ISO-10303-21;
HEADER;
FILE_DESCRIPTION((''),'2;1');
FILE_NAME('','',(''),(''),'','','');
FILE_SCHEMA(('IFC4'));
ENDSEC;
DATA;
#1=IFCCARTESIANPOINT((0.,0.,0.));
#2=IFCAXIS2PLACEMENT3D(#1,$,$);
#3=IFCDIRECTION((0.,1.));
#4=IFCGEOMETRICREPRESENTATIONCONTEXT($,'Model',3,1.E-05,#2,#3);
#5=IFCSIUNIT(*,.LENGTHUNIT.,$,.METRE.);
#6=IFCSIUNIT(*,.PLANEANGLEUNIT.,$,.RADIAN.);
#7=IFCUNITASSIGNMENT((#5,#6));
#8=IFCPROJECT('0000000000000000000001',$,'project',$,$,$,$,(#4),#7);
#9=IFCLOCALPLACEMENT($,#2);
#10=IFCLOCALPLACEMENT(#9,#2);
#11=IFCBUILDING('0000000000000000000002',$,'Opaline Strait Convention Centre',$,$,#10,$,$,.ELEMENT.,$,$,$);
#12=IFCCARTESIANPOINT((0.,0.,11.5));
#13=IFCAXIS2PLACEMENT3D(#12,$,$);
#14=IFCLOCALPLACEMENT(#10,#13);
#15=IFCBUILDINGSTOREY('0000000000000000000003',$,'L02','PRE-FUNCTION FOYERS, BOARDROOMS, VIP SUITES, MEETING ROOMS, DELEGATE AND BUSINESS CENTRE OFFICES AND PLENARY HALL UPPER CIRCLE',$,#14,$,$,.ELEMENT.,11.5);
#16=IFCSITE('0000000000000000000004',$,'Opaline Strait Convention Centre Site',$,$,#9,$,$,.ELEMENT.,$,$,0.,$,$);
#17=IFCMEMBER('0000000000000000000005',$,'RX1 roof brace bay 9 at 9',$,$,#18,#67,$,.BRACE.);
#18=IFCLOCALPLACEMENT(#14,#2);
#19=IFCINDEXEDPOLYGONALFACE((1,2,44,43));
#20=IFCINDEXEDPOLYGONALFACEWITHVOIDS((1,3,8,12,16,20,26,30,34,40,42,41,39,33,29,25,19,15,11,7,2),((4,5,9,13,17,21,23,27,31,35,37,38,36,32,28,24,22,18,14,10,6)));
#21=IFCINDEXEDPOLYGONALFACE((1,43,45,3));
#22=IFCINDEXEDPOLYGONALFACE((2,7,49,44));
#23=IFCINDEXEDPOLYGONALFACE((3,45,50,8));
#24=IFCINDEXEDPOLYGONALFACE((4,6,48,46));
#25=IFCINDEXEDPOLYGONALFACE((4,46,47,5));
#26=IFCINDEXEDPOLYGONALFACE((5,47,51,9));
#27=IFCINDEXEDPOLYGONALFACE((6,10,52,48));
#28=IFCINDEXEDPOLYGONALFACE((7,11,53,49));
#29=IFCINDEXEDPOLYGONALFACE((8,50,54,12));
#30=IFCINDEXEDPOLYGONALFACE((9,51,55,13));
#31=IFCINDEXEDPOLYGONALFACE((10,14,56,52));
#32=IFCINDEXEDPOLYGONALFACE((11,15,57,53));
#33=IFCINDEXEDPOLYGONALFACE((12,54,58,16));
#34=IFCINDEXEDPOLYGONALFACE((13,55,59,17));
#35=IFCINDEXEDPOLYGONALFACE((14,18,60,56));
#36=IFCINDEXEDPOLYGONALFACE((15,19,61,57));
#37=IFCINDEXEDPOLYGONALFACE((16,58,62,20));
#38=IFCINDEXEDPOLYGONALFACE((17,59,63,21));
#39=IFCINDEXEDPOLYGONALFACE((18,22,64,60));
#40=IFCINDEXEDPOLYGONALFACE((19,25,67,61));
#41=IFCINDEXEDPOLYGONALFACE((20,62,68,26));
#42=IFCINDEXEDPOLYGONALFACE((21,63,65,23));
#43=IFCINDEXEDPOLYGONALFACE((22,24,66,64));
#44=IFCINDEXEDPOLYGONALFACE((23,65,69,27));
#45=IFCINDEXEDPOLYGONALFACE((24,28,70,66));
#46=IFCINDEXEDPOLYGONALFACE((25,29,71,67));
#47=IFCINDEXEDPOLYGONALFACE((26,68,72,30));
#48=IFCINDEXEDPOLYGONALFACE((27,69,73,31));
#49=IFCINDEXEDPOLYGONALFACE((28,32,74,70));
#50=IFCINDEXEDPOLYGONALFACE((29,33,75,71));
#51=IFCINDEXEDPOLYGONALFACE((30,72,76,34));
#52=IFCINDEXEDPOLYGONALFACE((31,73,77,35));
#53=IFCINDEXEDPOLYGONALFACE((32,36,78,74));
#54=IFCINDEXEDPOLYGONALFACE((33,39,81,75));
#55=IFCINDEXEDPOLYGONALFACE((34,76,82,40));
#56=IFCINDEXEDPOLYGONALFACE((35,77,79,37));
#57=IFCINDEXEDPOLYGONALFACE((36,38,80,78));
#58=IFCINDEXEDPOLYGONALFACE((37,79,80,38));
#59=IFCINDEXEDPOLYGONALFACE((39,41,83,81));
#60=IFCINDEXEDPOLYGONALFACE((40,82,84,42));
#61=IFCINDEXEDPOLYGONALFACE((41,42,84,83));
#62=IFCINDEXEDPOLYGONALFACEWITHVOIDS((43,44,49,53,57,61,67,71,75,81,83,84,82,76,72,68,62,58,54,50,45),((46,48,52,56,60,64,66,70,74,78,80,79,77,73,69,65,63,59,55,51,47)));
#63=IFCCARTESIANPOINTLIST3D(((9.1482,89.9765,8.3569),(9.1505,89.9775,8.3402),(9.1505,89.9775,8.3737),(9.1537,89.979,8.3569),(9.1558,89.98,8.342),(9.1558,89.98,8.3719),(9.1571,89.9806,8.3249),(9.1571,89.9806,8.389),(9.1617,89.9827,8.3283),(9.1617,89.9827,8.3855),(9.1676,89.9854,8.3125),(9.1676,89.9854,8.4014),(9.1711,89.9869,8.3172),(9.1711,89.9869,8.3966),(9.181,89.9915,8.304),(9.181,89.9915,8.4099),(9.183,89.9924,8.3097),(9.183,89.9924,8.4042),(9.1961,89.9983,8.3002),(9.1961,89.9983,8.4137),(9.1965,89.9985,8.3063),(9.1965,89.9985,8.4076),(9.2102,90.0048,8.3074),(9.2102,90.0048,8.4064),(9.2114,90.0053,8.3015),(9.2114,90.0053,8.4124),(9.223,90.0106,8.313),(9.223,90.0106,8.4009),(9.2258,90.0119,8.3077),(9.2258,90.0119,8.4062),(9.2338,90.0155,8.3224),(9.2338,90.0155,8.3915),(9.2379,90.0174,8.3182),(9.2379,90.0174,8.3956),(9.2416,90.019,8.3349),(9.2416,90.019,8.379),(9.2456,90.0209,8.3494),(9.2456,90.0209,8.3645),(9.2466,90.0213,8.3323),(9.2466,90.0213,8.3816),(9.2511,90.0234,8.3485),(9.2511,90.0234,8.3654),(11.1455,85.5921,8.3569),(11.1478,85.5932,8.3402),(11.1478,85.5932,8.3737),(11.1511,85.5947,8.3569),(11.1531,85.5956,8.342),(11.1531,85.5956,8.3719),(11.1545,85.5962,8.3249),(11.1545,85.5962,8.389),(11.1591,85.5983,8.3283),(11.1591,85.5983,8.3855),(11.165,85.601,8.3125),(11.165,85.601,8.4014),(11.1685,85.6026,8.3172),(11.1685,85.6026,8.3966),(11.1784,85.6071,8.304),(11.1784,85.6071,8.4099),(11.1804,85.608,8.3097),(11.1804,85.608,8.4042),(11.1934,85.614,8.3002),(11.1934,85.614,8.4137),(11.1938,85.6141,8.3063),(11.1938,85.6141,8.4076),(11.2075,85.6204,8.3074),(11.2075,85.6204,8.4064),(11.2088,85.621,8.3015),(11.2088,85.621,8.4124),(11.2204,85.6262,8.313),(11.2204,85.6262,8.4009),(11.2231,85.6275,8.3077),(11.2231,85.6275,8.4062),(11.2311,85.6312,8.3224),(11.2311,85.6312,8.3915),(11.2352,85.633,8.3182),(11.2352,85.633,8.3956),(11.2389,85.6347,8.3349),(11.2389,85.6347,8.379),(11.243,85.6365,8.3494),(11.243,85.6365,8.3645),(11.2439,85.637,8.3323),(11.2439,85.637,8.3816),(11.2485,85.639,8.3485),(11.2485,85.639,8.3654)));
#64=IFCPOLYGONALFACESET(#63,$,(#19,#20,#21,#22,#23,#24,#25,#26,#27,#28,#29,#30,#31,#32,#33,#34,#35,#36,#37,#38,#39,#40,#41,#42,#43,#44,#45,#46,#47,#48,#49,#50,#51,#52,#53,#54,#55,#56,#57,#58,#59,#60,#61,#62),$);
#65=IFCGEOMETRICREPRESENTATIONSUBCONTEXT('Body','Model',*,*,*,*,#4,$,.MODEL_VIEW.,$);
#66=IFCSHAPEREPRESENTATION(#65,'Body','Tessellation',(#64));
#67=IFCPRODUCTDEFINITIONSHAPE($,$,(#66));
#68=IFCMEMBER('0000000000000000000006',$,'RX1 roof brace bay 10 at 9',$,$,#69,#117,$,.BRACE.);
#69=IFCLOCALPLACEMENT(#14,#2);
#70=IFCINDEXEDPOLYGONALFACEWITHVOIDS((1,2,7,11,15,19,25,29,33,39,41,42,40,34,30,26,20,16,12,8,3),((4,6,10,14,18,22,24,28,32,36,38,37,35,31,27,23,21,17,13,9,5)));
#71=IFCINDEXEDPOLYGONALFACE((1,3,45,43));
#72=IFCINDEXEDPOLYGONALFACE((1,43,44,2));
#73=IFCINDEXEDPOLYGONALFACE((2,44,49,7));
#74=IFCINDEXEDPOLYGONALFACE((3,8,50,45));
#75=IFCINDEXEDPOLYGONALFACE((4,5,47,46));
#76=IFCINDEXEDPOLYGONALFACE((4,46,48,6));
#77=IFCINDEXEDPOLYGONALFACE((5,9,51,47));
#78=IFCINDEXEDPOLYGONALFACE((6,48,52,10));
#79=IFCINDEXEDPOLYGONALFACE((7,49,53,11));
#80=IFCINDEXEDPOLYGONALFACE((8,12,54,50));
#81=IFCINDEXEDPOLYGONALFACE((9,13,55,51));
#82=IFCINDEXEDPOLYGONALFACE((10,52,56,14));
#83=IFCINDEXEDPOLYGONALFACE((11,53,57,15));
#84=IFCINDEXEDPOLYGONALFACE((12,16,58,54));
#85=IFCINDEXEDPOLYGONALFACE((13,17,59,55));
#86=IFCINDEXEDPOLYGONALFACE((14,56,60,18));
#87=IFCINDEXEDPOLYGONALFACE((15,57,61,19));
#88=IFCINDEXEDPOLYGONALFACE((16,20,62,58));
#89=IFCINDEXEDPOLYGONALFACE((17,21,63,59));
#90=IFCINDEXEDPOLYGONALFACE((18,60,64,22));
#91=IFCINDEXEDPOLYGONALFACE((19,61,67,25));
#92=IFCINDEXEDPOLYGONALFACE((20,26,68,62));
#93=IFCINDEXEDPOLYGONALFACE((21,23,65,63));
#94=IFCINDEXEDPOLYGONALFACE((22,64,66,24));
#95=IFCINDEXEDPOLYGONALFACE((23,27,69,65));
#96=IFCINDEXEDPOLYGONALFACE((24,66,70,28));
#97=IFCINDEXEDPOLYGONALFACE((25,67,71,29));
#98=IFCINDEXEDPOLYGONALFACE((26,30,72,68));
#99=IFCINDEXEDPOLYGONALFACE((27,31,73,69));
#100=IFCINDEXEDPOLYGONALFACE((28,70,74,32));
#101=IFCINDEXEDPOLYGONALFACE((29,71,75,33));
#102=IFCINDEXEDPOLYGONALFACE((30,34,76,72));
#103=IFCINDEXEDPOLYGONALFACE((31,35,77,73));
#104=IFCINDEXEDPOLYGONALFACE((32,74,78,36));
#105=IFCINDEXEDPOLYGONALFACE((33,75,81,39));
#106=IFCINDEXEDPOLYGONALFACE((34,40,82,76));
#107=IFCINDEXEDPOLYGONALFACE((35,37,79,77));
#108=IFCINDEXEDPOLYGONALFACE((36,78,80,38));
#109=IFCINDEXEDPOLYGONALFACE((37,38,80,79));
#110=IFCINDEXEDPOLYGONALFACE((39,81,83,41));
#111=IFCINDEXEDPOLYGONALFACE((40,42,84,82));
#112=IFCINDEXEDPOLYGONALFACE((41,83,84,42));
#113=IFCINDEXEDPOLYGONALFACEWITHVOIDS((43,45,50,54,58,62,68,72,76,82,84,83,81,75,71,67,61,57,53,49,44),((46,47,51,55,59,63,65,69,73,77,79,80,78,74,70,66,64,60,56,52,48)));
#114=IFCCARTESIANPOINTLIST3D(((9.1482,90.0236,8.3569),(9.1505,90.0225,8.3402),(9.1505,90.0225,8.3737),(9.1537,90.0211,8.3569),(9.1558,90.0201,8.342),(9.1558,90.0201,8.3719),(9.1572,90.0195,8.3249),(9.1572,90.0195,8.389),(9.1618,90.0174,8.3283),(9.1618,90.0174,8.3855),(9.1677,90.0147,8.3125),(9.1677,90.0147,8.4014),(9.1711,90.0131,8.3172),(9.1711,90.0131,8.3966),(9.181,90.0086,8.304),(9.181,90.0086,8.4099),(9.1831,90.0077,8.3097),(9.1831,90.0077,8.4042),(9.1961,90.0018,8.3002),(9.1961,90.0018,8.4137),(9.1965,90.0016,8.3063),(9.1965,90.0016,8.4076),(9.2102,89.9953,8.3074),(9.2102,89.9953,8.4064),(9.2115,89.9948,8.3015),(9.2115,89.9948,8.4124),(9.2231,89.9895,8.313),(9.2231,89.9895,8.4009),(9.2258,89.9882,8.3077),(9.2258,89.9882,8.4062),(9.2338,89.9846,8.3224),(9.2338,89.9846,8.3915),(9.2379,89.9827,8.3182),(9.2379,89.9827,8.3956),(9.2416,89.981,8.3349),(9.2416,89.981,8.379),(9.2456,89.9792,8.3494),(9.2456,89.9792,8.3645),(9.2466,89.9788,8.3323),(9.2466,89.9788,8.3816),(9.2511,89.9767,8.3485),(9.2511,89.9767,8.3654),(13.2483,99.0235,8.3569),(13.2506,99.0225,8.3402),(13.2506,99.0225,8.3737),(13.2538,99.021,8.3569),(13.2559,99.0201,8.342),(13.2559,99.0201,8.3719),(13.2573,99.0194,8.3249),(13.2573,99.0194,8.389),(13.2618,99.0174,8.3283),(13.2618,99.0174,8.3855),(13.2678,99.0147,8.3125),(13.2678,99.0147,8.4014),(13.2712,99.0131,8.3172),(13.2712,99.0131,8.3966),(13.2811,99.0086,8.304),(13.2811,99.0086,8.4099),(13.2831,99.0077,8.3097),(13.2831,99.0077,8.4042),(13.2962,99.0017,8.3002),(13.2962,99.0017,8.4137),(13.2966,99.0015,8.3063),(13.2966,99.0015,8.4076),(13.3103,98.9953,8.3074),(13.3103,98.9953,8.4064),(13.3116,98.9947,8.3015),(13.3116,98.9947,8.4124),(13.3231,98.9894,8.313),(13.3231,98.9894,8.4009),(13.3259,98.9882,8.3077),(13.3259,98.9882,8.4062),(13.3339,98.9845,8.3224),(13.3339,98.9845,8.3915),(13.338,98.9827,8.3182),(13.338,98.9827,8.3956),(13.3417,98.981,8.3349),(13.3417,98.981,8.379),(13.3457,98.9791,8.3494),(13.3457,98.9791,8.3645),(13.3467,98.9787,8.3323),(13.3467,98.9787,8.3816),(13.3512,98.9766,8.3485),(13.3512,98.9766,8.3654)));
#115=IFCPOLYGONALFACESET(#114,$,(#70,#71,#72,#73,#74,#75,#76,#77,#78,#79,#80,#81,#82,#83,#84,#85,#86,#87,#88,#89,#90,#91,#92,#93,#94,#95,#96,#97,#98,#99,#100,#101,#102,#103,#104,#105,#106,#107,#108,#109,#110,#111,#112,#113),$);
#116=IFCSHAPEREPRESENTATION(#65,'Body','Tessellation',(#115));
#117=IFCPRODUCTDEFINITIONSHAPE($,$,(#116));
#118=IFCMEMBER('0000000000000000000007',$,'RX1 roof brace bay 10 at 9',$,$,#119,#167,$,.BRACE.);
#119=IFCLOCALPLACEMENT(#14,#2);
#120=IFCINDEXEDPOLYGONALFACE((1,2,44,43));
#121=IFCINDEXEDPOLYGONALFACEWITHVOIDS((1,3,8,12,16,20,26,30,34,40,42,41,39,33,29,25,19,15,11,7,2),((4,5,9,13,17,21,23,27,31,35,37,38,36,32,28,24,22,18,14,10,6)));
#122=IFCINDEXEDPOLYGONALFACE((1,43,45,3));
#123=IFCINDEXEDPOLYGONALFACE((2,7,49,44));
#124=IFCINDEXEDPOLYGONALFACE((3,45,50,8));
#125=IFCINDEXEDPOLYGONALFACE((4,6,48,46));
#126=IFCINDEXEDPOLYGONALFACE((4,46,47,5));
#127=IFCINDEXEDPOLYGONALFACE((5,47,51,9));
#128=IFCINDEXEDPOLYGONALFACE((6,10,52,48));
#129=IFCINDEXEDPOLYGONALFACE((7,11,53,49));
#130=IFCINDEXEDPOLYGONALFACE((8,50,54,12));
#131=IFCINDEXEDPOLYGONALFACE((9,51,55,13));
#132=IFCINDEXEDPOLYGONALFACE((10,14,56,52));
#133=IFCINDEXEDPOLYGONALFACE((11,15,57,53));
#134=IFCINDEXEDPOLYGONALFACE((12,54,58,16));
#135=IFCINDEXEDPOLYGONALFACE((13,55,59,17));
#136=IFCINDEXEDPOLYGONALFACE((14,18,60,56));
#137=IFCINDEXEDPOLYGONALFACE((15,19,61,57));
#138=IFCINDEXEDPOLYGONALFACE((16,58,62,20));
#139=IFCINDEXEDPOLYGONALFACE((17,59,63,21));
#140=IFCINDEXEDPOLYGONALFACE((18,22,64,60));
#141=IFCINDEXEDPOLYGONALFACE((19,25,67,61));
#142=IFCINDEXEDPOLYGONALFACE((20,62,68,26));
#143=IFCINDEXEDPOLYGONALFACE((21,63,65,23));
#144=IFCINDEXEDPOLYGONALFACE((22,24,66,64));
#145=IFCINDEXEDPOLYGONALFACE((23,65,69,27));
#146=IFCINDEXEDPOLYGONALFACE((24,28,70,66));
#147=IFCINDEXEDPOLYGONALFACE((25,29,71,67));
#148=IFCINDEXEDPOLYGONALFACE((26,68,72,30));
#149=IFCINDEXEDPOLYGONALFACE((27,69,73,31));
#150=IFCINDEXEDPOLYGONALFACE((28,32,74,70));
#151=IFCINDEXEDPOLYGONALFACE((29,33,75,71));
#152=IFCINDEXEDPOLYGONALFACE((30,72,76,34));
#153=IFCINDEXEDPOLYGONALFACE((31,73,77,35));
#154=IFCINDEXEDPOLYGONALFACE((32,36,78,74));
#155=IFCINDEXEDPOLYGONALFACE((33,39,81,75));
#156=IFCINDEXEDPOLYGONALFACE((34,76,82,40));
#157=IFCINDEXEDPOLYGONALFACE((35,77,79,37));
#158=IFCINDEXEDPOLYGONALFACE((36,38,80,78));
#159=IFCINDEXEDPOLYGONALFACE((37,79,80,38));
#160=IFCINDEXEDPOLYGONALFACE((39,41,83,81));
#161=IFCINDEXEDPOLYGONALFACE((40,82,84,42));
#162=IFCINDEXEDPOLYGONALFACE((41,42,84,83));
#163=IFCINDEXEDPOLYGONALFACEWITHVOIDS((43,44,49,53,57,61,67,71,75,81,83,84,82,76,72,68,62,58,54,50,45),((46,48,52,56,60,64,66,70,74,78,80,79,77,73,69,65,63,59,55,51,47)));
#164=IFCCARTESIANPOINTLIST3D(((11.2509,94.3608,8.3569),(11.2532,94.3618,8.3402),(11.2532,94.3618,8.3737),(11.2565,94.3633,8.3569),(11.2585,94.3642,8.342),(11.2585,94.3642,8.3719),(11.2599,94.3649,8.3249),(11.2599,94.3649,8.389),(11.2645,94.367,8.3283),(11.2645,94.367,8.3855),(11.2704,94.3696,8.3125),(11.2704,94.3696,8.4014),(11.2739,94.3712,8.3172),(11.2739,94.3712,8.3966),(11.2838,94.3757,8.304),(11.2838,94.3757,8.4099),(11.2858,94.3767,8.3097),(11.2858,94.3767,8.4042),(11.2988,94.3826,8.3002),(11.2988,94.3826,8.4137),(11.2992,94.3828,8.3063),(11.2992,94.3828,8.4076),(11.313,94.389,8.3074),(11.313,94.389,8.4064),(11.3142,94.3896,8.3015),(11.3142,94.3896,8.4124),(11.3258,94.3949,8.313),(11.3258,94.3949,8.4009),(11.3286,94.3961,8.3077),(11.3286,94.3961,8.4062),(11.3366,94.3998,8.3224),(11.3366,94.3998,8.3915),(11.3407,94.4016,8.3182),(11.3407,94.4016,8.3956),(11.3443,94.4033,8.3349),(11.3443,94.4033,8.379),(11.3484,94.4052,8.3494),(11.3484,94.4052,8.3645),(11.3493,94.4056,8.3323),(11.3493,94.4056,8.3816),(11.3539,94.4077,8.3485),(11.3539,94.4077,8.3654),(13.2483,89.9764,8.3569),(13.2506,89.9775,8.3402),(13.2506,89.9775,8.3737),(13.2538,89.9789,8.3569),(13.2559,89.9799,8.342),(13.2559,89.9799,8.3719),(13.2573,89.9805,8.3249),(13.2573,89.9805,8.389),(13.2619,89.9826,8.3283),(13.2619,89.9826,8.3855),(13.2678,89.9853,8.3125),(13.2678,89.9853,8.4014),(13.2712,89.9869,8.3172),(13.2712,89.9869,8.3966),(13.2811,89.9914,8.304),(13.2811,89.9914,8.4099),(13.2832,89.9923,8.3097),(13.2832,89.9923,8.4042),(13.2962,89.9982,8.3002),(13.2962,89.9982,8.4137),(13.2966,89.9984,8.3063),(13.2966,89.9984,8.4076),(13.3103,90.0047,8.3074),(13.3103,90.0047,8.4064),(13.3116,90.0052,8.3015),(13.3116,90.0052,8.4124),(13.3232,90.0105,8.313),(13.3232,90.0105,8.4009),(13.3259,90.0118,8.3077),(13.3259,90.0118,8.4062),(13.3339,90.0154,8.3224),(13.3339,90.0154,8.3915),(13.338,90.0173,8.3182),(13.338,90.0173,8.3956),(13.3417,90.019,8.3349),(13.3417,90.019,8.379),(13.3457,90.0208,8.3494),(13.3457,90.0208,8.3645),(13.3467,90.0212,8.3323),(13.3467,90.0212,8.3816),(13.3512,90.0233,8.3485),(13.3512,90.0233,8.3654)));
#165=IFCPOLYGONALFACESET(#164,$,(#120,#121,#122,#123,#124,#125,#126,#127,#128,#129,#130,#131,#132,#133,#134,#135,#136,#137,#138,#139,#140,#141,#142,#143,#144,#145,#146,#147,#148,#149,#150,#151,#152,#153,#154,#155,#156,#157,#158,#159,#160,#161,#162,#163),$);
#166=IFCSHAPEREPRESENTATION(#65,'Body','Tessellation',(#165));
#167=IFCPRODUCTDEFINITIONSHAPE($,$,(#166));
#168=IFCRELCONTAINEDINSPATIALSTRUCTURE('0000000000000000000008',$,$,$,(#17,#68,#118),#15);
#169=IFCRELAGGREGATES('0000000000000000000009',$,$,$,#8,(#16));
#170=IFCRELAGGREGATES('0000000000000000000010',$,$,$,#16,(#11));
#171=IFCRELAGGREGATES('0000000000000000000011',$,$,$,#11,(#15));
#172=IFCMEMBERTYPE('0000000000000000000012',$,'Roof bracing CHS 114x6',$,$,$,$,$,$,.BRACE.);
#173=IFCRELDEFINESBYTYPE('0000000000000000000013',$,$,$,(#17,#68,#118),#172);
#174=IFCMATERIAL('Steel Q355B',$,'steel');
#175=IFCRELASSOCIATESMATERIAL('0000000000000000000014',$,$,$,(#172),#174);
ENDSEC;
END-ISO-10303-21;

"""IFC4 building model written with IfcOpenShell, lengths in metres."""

from ifc_helpers import new_model, si_unit, direction, frame, origin, origin_2d, place, context, subcontext, project, spatial, hollow_circle, extrude, material, material_profile, profile_set, type_object, element, save


model = new_model("IFC4")

# Units and contexts
model_context = context("Model", 3, precision=1e-05, world=origin(), true_north=direction((0.0, 1.0)))
body_context = subcontext(model_context, "Body", "Model", "MODEL_VIEW")
ifc_project = project(units=[si_unit("LENGTHUNIT", "METRE"), si_unit("PLANEANGLEUNIT", "RADIAN")], contexts=[model_context])

# Site, building, storey
site_placement = place(None, origin())
site = spatial("IfcSite", under=ifc_project, at=site_placement, Name="Opaline Strait Convention Centre Site", CompositionType="ELEMENT", RefElevation=0.0)
building_placement = place(site_placement, origin())
building = spatial("IfcBuilding", under=site, at=building_placement, Name="Opaline Strait Convention Centre", CompositionType="ELEMENT")
storey_placement = place(building_placement, frame((0.0, 0.0, 11.5)))
storey = spatial("IfcBuildingStorey", under=building, at=storey_placement, Name="L02", Description="PRE-FUNCTION FOYERS, BOARDROOMS, VIP SUITES, MEETING ROOMS, DELEGATE AND BUSINESS CENTRE OFFICES AND PLENARY HALL UPPER CIRCLE", CompositionType="ELEMENT", Elevation=11.5)

# Shared definitions
ifc_material_1 = material(Name="Steel Q355B", Category="steel")

# Members
ifc_material_profile_1 = material_profile(ifc_material_1, hollow_circle(Radius=0.0569, WallThickness=0.0061, at=origin_2d()), Name="CHS 114x6")
ifc_profile_set_1 = profile_set([ifc_material_profile_1], Name="Steel Q355B")
member_type_1 = type_object("IfcMemberType", Name="Roof bracing CHS 114x6", PredefinedType="BRACE", material=ifc_profile_set_1)
member_1_placement = place(storey_placement, frame((11.1973, 85.6157, 8.3569), z_axis=(-0.41457, 0.910017, 0.0), x_axis=(-0.910017, -0.41457, 0.0)))
element("IfcMember", 1, at=member_1_placement, inside=storey, type_object=member_type_1, Name="RX1 roof brace bay 9 at 9", PredefinedType="BRACE", context=body_context, shape_type="SweptSolid", body=[
    extrude(hollow_circle(Radius=0.0569, WallThickness=0.0061, at=origin_2d()), origin(), (0.0, 0.0, 1.0), 4.8179),
])
member_2_placement = place(storey_placement, frame((9.2, 90.0, 8.3569), z_axis=(0.414573, 0.910016, 0.0), x_axis=(-0.910016, 0.414573, 0.0)))
element("IfcMember", 2, at=member_2_placement, inside=storey, type_object=member_type_1, Name="RX1 roof brace bay 10 at 9", PredefinedType="BRACE", context=body_context, shape_type="SweptSolid", body=[
    extrude(hollow_circle(Radius=0.0569, WallThickness=0.0061, at=origin_2d()), origin(), (0.0, 0.0, 1.0), 9.8899),
])
member_3_placement = place(storey_placement, frame((13.3, 90.0, 8.3569), z_axis=(-0.41457, 0.910017, 0.0), x_axis=(-0.910017, -0.41457, 0.0)))
element("IfcMember", 3, at=member_3_placement, inside=storey, type_object=member_type_1, Name="RX1 roof brace bay 10 at 9", PredefinedType="BRACE", context=body_context, shape_type="SweptSolid", body=[
    extrude(hollow_circle(Radius=0.0569, WallThickness=0.0061, at=origin_2d()), origin(), (0.0, 0.0, 1.0), 4.8179),
])

save(model, "model.ifc")
